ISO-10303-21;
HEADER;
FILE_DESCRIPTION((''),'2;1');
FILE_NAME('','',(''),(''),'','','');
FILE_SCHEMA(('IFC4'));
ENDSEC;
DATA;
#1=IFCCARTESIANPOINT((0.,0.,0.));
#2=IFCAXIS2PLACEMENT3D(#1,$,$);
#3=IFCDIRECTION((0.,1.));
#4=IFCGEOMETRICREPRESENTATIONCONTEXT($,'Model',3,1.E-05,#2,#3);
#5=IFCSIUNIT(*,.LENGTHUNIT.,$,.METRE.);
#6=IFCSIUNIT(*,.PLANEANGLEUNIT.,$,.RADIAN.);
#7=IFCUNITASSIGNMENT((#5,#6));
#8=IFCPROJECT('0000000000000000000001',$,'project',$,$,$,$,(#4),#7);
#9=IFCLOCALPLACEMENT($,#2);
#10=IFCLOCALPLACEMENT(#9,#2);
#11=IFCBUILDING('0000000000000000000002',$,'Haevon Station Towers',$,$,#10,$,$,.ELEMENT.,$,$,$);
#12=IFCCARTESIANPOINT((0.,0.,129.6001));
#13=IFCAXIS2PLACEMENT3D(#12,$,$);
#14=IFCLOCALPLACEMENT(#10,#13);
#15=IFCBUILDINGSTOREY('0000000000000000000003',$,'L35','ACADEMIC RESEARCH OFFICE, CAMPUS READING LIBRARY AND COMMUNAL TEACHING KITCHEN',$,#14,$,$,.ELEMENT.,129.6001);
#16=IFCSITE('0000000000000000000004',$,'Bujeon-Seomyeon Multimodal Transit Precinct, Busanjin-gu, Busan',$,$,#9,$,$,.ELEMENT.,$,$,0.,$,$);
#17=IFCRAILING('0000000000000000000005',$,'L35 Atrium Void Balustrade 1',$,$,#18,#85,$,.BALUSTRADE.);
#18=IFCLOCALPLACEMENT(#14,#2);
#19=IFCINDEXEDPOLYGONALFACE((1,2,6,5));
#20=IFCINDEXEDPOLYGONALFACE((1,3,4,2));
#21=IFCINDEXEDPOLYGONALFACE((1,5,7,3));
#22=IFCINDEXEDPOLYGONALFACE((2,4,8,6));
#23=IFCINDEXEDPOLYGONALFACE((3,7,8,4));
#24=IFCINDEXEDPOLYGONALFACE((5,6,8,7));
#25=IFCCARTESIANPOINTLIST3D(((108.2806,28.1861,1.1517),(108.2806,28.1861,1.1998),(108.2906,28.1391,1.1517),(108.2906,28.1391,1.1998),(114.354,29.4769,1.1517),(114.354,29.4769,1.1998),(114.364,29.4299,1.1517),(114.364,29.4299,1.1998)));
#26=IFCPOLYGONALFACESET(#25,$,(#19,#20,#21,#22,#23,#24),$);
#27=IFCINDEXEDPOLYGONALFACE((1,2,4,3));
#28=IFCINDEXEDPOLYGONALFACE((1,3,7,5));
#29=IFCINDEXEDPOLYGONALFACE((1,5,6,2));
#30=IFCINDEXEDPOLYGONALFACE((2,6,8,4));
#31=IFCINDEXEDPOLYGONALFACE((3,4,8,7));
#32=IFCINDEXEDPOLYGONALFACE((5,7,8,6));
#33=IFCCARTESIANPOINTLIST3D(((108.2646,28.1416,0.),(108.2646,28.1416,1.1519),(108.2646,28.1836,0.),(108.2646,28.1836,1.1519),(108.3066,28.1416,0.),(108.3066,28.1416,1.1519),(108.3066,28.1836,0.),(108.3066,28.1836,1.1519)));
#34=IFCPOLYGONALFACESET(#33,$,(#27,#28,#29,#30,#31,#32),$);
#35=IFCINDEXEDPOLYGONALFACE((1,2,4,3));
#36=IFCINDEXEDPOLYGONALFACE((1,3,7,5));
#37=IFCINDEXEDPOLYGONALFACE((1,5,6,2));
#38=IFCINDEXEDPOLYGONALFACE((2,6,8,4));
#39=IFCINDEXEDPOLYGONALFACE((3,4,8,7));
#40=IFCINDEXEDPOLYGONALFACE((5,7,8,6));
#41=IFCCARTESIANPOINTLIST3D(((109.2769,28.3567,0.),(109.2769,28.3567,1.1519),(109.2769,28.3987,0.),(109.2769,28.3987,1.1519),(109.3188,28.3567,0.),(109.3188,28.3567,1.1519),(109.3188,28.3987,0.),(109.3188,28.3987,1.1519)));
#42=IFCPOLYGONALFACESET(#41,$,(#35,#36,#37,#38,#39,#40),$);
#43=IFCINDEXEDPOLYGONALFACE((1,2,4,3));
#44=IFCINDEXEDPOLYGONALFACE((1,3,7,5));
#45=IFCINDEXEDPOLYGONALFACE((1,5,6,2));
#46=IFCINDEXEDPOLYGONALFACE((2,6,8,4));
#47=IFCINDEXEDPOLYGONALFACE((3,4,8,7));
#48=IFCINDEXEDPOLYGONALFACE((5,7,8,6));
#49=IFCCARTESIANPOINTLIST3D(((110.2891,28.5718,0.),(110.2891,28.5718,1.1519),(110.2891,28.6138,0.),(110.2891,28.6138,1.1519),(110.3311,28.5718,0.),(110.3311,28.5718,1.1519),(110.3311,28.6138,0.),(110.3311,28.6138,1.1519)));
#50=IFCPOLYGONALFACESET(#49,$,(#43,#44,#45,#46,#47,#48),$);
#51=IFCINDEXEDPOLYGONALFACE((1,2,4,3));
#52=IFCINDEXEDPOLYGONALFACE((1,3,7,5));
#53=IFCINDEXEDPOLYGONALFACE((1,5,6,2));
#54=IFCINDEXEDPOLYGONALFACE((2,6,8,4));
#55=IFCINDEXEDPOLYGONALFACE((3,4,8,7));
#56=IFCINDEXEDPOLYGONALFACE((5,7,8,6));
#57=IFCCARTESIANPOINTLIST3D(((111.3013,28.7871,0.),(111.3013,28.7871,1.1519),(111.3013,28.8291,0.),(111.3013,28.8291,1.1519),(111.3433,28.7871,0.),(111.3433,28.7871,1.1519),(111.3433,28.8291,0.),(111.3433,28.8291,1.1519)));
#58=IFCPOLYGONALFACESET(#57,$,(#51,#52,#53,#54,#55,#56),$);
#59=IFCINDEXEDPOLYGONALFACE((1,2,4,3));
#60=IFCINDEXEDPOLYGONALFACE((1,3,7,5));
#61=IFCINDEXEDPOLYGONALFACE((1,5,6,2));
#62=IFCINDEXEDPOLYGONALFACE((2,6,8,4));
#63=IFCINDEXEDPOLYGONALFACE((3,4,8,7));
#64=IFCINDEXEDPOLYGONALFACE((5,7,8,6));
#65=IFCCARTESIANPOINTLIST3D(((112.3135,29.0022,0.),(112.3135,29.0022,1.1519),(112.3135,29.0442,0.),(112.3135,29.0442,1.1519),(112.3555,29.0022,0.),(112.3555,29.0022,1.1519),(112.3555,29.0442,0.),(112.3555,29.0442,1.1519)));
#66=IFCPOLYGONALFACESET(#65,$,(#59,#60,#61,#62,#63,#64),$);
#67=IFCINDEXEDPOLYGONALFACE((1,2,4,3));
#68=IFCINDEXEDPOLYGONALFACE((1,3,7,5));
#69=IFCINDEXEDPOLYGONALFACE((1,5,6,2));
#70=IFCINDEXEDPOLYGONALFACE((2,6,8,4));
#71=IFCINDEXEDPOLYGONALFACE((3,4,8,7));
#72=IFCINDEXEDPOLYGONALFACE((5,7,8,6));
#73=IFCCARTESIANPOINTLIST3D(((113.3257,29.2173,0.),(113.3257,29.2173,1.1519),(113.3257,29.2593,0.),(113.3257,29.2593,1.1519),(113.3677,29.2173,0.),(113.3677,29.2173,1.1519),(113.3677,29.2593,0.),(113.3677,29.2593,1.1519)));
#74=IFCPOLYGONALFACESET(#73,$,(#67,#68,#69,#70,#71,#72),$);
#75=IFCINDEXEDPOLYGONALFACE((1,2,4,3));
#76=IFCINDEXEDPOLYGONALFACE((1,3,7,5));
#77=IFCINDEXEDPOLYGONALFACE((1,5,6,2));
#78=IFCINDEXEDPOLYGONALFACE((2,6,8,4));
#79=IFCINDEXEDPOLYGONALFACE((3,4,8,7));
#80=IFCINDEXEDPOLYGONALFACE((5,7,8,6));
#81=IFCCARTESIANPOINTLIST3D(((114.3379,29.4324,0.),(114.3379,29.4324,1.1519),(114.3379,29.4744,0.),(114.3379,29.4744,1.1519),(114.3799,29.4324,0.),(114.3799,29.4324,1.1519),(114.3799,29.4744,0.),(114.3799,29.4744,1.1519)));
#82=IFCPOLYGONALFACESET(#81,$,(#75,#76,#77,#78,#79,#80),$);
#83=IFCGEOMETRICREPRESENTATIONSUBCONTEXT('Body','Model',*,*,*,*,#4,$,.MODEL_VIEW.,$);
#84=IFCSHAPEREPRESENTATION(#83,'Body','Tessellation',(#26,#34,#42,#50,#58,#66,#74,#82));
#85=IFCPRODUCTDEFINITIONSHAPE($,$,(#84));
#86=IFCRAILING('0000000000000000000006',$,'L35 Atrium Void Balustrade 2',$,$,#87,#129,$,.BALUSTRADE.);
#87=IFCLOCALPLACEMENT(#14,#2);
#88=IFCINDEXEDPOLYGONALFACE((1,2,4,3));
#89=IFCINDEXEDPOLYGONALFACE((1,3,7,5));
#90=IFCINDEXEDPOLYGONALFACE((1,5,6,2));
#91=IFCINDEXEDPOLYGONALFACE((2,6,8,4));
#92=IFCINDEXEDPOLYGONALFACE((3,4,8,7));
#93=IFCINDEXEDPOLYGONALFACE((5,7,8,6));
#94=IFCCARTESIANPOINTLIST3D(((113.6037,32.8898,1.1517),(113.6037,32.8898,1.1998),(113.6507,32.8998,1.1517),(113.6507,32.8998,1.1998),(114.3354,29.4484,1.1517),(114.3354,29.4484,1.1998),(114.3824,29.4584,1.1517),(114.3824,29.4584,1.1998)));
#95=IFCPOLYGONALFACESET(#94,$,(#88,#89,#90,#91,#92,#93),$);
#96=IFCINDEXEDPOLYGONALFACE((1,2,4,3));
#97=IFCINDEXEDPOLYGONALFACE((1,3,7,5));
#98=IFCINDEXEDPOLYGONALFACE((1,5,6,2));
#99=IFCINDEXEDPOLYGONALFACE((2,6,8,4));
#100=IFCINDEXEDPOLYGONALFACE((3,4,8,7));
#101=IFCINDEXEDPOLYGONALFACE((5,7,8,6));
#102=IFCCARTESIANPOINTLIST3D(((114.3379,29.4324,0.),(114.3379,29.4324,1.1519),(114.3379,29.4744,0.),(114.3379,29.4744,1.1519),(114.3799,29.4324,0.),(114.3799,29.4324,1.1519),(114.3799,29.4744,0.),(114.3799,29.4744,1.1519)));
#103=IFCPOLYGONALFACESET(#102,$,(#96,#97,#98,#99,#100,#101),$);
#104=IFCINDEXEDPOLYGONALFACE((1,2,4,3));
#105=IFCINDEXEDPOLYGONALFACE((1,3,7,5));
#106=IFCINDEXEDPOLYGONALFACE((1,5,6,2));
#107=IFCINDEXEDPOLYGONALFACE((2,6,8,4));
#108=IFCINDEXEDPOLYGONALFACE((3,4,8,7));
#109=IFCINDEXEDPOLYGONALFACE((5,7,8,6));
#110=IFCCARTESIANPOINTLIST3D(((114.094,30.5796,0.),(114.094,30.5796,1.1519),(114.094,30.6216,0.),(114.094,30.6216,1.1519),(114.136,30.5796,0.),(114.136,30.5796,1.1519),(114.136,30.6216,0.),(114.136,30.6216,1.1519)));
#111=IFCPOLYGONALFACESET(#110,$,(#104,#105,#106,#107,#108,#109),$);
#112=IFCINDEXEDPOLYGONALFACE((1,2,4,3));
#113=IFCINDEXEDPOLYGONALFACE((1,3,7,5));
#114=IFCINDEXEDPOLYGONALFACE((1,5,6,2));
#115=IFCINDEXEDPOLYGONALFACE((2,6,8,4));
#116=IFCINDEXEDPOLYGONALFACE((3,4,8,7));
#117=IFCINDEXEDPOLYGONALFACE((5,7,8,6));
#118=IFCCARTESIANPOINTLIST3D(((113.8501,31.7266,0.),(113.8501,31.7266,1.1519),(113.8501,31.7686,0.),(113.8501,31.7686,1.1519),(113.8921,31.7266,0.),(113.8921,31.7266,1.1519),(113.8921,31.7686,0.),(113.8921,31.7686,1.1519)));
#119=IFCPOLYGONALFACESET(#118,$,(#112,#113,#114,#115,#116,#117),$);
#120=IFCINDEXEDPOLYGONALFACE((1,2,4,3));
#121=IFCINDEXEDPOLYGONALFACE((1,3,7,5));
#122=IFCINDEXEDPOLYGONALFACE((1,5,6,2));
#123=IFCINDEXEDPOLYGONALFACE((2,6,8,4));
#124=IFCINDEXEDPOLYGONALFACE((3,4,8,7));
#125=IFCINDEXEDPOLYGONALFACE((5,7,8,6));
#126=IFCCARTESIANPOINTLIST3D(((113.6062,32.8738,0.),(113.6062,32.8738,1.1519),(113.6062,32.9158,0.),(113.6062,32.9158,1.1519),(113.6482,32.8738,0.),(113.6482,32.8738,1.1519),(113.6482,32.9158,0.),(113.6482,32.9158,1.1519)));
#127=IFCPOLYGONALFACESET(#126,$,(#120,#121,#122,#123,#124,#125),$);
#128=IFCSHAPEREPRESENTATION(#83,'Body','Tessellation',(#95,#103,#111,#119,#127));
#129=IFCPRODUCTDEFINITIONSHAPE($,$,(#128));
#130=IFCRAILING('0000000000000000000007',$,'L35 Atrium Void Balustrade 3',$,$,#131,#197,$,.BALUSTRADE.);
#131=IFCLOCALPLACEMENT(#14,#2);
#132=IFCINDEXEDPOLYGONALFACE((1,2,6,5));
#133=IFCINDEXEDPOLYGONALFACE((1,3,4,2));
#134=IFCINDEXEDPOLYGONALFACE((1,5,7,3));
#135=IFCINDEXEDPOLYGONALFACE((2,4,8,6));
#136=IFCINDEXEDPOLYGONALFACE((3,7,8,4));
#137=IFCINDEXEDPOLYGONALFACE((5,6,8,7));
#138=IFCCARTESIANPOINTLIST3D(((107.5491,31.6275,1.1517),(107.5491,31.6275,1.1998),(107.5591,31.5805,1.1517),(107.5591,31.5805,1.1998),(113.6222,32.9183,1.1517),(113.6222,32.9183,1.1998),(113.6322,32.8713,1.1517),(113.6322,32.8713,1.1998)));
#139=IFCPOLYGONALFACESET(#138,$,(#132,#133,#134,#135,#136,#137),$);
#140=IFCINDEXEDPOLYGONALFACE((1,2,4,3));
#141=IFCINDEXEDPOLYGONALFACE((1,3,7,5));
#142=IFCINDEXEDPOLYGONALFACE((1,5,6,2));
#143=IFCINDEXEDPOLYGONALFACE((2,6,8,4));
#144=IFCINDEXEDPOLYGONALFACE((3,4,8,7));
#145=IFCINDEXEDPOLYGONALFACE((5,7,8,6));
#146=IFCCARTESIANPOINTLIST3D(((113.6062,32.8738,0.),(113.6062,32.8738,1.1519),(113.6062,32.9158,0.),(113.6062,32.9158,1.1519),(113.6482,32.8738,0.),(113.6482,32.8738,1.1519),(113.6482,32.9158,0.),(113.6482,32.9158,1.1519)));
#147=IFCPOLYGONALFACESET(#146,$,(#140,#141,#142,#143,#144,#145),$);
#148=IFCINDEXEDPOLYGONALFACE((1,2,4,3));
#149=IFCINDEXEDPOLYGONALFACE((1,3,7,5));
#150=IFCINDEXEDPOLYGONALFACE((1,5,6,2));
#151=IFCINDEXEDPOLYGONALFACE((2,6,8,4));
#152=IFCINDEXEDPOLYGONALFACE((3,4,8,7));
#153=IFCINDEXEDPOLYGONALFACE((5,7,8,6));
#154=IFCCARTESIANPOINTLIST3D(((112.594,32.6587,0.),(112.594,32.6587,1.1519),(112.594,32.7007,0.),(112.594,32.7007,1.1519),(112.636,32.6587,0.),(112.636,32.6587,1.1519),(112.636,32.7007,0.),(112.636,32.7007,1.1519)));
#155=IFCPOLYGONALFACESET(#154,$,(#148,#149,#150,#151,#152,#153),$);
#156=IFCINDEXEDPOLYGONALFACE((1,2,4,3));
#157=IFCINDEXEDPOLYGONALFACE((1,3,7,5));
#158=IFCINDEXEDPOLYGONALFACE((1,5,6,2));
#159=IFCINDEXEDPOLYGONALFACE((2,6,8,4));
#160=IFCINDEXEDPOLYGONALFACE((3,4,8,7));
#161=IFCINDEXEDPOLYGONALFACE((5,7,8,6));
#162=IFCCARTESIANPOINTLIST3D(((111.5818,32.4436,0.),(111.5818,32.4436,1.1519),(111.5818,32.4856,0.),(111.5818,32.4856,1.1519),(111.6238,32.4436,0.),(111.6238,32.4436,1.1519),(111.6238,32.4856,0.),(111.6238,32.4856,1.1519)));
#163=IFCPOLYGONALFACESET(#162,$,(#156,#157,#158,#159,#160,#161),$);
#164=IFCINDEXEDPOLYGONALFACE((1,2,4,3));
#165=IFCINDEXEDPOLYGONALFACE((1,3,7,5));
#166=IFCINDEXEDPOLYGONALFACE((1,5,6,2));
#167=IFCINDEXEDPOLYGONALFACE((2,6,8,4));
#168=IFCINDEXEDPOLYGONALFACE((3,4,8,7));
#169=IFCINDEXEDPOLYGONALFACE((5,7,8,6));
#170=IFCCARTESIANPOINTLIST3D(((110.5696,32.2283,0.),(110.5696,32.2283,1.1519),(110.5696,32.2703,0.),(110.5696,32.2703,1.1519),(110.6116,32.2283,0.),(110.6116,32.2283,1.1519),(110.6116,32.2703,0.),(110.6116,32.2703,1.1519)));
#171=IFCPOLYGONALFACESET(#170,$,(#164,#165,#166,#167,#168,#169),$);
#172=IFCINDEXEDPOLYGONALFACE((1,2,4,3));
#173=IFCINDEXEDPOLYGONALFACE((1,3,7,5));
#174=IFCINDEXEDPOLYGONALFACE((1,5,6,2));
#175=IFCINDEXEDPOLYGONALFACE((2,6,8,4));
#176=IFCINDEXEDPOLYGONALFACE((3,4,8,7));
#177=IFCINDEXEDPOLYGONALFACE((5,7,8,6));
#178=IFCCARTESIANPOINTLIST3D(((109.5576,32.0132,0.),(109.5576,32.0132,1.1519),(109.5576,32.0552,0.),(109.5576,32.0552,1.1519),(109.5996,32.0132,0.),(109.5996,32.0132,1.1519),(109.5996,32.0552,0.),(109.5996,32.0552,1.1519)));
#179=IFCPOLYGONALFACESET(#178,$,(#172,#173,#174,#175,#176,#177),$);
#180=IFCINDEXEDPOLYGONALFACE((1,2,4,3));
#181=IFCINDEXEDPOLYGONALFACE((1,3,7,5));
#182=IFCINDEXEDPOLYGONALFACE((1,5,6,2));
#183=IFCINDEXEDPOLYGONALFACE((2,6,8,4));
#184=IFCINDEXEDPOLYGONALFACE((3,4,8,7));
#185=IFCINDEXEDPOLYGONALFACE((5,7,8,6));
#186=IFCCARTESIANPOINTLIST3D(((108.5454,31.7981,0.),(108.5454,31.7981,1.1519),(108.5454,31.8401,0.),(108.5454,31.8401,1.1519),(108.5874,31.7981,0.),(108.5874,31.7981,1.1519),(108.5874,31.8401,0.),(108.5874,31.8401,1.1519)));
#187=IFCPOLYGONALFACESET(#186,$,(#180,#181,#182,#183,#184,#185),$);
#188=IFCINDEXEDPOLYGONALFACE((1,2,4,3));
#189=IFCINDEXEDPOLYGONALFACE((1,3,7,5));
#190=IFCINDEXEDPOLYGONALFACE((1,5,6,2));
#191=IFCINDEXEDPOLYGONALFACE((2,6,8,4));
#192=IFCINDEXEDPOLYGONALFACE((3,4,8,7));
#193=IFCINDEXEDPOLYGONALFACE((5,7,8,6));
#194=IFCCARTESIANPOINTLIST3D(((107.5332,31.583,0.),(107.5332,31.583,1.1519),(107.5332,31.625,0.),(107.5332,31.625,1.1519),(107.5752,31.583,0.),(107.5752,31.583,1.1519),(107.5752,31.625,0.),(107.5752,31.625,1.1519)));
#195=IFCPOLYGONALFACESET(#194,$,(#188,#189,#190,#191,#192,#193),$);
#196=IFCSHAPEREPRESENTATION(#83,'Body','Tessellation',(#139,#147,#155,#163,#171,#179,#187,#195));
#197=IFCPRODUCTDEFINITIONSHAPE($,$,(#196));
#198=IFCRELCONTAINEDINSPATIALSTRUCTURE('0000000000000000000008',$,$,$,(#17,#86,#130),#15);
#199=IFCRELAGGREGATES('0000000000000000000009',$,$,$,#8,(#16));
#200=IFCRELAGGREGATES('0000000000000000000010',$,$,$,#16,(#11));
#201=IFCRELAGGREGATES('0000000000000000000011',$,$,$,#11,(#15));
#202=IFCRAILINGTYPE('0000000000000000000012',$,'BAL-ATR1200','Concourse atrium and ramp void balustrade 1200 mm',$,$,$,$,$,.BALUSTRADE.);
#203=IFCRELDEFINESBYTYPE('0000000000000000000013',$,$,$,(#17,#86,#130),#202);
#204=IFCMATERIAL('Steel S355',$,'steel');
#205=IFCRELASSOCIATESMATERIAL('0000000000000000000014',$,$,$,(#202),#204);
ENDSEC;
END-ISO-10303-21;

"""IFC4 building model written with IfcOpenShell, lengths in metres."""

from ifc_helpers import new_model, si_unit, direction, frame, origin, origin_2d, place, context, subcontext, project, spatial, rectangle, extrude, material, type_object, element, save


model = new_model("IFC4")

# Units and contexts
model_context = context("Model", 3, precision=1e-05, world=origin(), true_north=direction((0.0, 1.0)))
body_context = subcontext(model_context, "Body", "Model", "MODEL_VIEW")
ifc_project = project(units=[si_unit("LENGTHUNIT", "METRE"), si_unit("PLANEANGLEUNIT", "RADIAN")], contexts=[model_context])

# Site, building, storey
site_placement = place(None, origin())
site = spatial("IfcSite", under=ifc_project, at=site_placement, Name="Bujeon-Seomyeon Multimodal Transit Precinct, Busanjin-gu, Busan", CompositionType="ELEMENT", RefElevation=0.0)
building_placement = place(site_placement, origin())
building = spatial("IfcBuilding", under=site, at=building_placement, Name="Haevon Station Towers", CompositionType="ELEMENT")
storey_placement = place(building_placement, frame((0.0, 0.0, 129.6001)))
storey = spatial("IfcBuildingStorey", under=building, at=storey_placement, Name="L35", Description="ACADEMIC RESEARCH OFFICE, CAMPUS READING LIBRARY AND COMMUNAL TEACHING KITCHEN", CompositionType="ELEMENT", Elevation=129.6001)

# Shared definitions
ifc_material_1 = material(Name="Steel S355", Category="steel")

# Railings
railing_type_1 = type_object("IfcRailingType", Name="BAL-ATR1200", Description="Concourse atrium and ramp void balustrade 1200 mm", PredefinedType="BALUSTRADE", material=ifc_material_1)
railing_1_placement = place(storey_placement, frame((108.2856, 28.1626, 0.0)))
element("IfcRailing", 1, at=railing_1_placement, inside=storey, type_object=railing_type_1, Name="L35 Atrium Void Balustrade 1", PredefinedType="BALUSTRADE", context=body_context, shape_type="SweptSolid", body=[
    extrude(rectangle(XDim=0.0481, YDim=0.0481, at=origin_2d()), frame((0.0, 0.0, 1.1758), z_axis=(0.978152, 0.207891, 0.0), x_axis=(-0.207891, 0.978152, 0.0)), (0.0, 0.0, 1.0), 6.209),
    extrude(rectangle(XDim=0.042, YDim=0.042, at=origin_2d()), origin(), (0.0, 0.0, 1.0), 1.1519),
    extrude(rectangle(XDim=0.042, YDim=0.042, at=origin_2d()), frame((1.0122, 0.2151, 0.0)), (0.0, 0.0, 1.0), 1.1519),
    extrude(rectangle(XDim=0.042, YDim=0.042, at=origin_2d()), frame((2.0244, 0.4302, 0.0)), (0.0, 0.0, 1.0), 1.1519),
    extrude(rectangle(XDim=0.042, YDim=0.042, at=origin_2d()), frame((3.0366, 0.6455, 0.0)), (0.0, 0.0, 1.0), 1.1519),
    extrude(rectangle(XDim=0.042, YDim=0.042, at=origin_2d()), frame((4.0488, 0.8606, 0.0)), (0.0, 0.0, 1.0), 1.1519),
    extrude(rectangle(XDim=0.042, YDim=0.042, at=origin_2d()), frame((5.061, 1.0757, 0.0)), (0.0, 0.0, 1.0), 1.1519),
    extrude(rectangle(XDim=0.042, YDim=0.042, at=origin_2d()), frame((6.0732, 1.2908, 0.0)), (0.0, 0.0, 1.0), 1.1519),
])
railing_2_placement = place(storey_placement, frame((114.3589, 29.4534, 0.0)))
element("IfcRailing", 2, at=railing_2_placement, inside=storey, type_object=railing_type_1, Name="L35 Atrium Void Balustrade 2", PredefinedType="BALUSTRADE", context=body_context, shape_type="SweptSolid", body=[
    extrude(rectangle(XDim=0.0481, YDim=0.0481, at=origin_2d()), frame((0.0, 0.0, 1.1758), z_axis=(-0.207965, 0.978136, 0.0), x_axis=(-0.978136, -0.207965, 0.0)), (0.0, 0.0, 1.0), 3.5183),
    extrude(rectangle(XDim=0.042, YDim=0.042, at=origin_2d()), origin(), (0.0, 0.0, 1.0), 1.1519),
    extrude(rectangle(XDim=0.042, YDim=0.042, at=origin_2d()), frame((-0.2439, 1.1472, 0.0)), (0.0, 0.0, 1.0), 1.1519),
    extrude(rectangle(XDim=0.042, YDim=0.042, at=origin_2d()), frame((-0.4878, 2.2942, 0.0)), (0.0, 0.0, 1.0), 1.1519),
    extrude(rectangle(XDim=0.042, YDim=0.042, at=origin_2d()), frame((-0.7317, 3.4414, 0.0)), (0.0, 0.0, 1.0), 1.1519),
])
railing_3_placement = place(storey_placement, frame((113.6272, 32.8948, 0.0)))
element("IfcRailing", 3, at=railing_3_placement, inside=storey, type_object=railing_type_1, Name="L35 Atrium Void Balustrade 3", PredefinedType="BALUSTRADE", context=body_context, shape_type="SweptSolid", body=[
    extrude(rectangle(XDim=0.0481, YDim=0.0481, at=origin_2d()), frame((0.0, 0.0, 1.1758), z_axis=(-0.97815, -0.207899, 0.0), x_axis=(0.207899, -0.97815, 0.0)), (0.0, 0.0, 1.0), 6.2087),
    extrude(rectangle(XDim=0.042, YDim=0.042, at=origin_2d()), origin(), (0.0, 0.0, 1.0), 1.1519),
    extrude(rectangle(XDim=0.042, YDim=0.042, at=origin_2d()), frame((-1.0122, -0.2151, 0.0)), (0.0, 0.0, 1.0), 1.1519),
    extrude(rectangle(XDim=0.042, YDim=0.042, at=origin_2d()), frame((-2.0244, -0.4302, 0.0)), (0.0, 0.0, 1.0), 1.1519),
    extrude(rectangle(XDim=0.042, YDim=0.042, at=origin_2d()), frame((-3.0366, -0.6455, 0.0)), (0.0, 0.0, 1.0), 1.1519),
    extrude(rectangle(XDim=0.042, YDim=0.042, at=origin_2d()), frame((-4.0486, -0.8606, 0.0)), (0.0, 0.0, 1.0), 1.1519),
    extrude(rectangle(XDim=0.042, YDim=0.042, at=origin_2d()), frame((-5.0608, -1.0757, 0.0)), (0.0, 0.0, 1.0), 1.1519),
    extrude(rectangle(XDim=0.042, YDim=0.042, at=origin_2d()), frame((-6.073, -1.2908, 0.0)), (0.0, 0.0, 1.0), 1.1519),
])

save(model, "model.ifc")
